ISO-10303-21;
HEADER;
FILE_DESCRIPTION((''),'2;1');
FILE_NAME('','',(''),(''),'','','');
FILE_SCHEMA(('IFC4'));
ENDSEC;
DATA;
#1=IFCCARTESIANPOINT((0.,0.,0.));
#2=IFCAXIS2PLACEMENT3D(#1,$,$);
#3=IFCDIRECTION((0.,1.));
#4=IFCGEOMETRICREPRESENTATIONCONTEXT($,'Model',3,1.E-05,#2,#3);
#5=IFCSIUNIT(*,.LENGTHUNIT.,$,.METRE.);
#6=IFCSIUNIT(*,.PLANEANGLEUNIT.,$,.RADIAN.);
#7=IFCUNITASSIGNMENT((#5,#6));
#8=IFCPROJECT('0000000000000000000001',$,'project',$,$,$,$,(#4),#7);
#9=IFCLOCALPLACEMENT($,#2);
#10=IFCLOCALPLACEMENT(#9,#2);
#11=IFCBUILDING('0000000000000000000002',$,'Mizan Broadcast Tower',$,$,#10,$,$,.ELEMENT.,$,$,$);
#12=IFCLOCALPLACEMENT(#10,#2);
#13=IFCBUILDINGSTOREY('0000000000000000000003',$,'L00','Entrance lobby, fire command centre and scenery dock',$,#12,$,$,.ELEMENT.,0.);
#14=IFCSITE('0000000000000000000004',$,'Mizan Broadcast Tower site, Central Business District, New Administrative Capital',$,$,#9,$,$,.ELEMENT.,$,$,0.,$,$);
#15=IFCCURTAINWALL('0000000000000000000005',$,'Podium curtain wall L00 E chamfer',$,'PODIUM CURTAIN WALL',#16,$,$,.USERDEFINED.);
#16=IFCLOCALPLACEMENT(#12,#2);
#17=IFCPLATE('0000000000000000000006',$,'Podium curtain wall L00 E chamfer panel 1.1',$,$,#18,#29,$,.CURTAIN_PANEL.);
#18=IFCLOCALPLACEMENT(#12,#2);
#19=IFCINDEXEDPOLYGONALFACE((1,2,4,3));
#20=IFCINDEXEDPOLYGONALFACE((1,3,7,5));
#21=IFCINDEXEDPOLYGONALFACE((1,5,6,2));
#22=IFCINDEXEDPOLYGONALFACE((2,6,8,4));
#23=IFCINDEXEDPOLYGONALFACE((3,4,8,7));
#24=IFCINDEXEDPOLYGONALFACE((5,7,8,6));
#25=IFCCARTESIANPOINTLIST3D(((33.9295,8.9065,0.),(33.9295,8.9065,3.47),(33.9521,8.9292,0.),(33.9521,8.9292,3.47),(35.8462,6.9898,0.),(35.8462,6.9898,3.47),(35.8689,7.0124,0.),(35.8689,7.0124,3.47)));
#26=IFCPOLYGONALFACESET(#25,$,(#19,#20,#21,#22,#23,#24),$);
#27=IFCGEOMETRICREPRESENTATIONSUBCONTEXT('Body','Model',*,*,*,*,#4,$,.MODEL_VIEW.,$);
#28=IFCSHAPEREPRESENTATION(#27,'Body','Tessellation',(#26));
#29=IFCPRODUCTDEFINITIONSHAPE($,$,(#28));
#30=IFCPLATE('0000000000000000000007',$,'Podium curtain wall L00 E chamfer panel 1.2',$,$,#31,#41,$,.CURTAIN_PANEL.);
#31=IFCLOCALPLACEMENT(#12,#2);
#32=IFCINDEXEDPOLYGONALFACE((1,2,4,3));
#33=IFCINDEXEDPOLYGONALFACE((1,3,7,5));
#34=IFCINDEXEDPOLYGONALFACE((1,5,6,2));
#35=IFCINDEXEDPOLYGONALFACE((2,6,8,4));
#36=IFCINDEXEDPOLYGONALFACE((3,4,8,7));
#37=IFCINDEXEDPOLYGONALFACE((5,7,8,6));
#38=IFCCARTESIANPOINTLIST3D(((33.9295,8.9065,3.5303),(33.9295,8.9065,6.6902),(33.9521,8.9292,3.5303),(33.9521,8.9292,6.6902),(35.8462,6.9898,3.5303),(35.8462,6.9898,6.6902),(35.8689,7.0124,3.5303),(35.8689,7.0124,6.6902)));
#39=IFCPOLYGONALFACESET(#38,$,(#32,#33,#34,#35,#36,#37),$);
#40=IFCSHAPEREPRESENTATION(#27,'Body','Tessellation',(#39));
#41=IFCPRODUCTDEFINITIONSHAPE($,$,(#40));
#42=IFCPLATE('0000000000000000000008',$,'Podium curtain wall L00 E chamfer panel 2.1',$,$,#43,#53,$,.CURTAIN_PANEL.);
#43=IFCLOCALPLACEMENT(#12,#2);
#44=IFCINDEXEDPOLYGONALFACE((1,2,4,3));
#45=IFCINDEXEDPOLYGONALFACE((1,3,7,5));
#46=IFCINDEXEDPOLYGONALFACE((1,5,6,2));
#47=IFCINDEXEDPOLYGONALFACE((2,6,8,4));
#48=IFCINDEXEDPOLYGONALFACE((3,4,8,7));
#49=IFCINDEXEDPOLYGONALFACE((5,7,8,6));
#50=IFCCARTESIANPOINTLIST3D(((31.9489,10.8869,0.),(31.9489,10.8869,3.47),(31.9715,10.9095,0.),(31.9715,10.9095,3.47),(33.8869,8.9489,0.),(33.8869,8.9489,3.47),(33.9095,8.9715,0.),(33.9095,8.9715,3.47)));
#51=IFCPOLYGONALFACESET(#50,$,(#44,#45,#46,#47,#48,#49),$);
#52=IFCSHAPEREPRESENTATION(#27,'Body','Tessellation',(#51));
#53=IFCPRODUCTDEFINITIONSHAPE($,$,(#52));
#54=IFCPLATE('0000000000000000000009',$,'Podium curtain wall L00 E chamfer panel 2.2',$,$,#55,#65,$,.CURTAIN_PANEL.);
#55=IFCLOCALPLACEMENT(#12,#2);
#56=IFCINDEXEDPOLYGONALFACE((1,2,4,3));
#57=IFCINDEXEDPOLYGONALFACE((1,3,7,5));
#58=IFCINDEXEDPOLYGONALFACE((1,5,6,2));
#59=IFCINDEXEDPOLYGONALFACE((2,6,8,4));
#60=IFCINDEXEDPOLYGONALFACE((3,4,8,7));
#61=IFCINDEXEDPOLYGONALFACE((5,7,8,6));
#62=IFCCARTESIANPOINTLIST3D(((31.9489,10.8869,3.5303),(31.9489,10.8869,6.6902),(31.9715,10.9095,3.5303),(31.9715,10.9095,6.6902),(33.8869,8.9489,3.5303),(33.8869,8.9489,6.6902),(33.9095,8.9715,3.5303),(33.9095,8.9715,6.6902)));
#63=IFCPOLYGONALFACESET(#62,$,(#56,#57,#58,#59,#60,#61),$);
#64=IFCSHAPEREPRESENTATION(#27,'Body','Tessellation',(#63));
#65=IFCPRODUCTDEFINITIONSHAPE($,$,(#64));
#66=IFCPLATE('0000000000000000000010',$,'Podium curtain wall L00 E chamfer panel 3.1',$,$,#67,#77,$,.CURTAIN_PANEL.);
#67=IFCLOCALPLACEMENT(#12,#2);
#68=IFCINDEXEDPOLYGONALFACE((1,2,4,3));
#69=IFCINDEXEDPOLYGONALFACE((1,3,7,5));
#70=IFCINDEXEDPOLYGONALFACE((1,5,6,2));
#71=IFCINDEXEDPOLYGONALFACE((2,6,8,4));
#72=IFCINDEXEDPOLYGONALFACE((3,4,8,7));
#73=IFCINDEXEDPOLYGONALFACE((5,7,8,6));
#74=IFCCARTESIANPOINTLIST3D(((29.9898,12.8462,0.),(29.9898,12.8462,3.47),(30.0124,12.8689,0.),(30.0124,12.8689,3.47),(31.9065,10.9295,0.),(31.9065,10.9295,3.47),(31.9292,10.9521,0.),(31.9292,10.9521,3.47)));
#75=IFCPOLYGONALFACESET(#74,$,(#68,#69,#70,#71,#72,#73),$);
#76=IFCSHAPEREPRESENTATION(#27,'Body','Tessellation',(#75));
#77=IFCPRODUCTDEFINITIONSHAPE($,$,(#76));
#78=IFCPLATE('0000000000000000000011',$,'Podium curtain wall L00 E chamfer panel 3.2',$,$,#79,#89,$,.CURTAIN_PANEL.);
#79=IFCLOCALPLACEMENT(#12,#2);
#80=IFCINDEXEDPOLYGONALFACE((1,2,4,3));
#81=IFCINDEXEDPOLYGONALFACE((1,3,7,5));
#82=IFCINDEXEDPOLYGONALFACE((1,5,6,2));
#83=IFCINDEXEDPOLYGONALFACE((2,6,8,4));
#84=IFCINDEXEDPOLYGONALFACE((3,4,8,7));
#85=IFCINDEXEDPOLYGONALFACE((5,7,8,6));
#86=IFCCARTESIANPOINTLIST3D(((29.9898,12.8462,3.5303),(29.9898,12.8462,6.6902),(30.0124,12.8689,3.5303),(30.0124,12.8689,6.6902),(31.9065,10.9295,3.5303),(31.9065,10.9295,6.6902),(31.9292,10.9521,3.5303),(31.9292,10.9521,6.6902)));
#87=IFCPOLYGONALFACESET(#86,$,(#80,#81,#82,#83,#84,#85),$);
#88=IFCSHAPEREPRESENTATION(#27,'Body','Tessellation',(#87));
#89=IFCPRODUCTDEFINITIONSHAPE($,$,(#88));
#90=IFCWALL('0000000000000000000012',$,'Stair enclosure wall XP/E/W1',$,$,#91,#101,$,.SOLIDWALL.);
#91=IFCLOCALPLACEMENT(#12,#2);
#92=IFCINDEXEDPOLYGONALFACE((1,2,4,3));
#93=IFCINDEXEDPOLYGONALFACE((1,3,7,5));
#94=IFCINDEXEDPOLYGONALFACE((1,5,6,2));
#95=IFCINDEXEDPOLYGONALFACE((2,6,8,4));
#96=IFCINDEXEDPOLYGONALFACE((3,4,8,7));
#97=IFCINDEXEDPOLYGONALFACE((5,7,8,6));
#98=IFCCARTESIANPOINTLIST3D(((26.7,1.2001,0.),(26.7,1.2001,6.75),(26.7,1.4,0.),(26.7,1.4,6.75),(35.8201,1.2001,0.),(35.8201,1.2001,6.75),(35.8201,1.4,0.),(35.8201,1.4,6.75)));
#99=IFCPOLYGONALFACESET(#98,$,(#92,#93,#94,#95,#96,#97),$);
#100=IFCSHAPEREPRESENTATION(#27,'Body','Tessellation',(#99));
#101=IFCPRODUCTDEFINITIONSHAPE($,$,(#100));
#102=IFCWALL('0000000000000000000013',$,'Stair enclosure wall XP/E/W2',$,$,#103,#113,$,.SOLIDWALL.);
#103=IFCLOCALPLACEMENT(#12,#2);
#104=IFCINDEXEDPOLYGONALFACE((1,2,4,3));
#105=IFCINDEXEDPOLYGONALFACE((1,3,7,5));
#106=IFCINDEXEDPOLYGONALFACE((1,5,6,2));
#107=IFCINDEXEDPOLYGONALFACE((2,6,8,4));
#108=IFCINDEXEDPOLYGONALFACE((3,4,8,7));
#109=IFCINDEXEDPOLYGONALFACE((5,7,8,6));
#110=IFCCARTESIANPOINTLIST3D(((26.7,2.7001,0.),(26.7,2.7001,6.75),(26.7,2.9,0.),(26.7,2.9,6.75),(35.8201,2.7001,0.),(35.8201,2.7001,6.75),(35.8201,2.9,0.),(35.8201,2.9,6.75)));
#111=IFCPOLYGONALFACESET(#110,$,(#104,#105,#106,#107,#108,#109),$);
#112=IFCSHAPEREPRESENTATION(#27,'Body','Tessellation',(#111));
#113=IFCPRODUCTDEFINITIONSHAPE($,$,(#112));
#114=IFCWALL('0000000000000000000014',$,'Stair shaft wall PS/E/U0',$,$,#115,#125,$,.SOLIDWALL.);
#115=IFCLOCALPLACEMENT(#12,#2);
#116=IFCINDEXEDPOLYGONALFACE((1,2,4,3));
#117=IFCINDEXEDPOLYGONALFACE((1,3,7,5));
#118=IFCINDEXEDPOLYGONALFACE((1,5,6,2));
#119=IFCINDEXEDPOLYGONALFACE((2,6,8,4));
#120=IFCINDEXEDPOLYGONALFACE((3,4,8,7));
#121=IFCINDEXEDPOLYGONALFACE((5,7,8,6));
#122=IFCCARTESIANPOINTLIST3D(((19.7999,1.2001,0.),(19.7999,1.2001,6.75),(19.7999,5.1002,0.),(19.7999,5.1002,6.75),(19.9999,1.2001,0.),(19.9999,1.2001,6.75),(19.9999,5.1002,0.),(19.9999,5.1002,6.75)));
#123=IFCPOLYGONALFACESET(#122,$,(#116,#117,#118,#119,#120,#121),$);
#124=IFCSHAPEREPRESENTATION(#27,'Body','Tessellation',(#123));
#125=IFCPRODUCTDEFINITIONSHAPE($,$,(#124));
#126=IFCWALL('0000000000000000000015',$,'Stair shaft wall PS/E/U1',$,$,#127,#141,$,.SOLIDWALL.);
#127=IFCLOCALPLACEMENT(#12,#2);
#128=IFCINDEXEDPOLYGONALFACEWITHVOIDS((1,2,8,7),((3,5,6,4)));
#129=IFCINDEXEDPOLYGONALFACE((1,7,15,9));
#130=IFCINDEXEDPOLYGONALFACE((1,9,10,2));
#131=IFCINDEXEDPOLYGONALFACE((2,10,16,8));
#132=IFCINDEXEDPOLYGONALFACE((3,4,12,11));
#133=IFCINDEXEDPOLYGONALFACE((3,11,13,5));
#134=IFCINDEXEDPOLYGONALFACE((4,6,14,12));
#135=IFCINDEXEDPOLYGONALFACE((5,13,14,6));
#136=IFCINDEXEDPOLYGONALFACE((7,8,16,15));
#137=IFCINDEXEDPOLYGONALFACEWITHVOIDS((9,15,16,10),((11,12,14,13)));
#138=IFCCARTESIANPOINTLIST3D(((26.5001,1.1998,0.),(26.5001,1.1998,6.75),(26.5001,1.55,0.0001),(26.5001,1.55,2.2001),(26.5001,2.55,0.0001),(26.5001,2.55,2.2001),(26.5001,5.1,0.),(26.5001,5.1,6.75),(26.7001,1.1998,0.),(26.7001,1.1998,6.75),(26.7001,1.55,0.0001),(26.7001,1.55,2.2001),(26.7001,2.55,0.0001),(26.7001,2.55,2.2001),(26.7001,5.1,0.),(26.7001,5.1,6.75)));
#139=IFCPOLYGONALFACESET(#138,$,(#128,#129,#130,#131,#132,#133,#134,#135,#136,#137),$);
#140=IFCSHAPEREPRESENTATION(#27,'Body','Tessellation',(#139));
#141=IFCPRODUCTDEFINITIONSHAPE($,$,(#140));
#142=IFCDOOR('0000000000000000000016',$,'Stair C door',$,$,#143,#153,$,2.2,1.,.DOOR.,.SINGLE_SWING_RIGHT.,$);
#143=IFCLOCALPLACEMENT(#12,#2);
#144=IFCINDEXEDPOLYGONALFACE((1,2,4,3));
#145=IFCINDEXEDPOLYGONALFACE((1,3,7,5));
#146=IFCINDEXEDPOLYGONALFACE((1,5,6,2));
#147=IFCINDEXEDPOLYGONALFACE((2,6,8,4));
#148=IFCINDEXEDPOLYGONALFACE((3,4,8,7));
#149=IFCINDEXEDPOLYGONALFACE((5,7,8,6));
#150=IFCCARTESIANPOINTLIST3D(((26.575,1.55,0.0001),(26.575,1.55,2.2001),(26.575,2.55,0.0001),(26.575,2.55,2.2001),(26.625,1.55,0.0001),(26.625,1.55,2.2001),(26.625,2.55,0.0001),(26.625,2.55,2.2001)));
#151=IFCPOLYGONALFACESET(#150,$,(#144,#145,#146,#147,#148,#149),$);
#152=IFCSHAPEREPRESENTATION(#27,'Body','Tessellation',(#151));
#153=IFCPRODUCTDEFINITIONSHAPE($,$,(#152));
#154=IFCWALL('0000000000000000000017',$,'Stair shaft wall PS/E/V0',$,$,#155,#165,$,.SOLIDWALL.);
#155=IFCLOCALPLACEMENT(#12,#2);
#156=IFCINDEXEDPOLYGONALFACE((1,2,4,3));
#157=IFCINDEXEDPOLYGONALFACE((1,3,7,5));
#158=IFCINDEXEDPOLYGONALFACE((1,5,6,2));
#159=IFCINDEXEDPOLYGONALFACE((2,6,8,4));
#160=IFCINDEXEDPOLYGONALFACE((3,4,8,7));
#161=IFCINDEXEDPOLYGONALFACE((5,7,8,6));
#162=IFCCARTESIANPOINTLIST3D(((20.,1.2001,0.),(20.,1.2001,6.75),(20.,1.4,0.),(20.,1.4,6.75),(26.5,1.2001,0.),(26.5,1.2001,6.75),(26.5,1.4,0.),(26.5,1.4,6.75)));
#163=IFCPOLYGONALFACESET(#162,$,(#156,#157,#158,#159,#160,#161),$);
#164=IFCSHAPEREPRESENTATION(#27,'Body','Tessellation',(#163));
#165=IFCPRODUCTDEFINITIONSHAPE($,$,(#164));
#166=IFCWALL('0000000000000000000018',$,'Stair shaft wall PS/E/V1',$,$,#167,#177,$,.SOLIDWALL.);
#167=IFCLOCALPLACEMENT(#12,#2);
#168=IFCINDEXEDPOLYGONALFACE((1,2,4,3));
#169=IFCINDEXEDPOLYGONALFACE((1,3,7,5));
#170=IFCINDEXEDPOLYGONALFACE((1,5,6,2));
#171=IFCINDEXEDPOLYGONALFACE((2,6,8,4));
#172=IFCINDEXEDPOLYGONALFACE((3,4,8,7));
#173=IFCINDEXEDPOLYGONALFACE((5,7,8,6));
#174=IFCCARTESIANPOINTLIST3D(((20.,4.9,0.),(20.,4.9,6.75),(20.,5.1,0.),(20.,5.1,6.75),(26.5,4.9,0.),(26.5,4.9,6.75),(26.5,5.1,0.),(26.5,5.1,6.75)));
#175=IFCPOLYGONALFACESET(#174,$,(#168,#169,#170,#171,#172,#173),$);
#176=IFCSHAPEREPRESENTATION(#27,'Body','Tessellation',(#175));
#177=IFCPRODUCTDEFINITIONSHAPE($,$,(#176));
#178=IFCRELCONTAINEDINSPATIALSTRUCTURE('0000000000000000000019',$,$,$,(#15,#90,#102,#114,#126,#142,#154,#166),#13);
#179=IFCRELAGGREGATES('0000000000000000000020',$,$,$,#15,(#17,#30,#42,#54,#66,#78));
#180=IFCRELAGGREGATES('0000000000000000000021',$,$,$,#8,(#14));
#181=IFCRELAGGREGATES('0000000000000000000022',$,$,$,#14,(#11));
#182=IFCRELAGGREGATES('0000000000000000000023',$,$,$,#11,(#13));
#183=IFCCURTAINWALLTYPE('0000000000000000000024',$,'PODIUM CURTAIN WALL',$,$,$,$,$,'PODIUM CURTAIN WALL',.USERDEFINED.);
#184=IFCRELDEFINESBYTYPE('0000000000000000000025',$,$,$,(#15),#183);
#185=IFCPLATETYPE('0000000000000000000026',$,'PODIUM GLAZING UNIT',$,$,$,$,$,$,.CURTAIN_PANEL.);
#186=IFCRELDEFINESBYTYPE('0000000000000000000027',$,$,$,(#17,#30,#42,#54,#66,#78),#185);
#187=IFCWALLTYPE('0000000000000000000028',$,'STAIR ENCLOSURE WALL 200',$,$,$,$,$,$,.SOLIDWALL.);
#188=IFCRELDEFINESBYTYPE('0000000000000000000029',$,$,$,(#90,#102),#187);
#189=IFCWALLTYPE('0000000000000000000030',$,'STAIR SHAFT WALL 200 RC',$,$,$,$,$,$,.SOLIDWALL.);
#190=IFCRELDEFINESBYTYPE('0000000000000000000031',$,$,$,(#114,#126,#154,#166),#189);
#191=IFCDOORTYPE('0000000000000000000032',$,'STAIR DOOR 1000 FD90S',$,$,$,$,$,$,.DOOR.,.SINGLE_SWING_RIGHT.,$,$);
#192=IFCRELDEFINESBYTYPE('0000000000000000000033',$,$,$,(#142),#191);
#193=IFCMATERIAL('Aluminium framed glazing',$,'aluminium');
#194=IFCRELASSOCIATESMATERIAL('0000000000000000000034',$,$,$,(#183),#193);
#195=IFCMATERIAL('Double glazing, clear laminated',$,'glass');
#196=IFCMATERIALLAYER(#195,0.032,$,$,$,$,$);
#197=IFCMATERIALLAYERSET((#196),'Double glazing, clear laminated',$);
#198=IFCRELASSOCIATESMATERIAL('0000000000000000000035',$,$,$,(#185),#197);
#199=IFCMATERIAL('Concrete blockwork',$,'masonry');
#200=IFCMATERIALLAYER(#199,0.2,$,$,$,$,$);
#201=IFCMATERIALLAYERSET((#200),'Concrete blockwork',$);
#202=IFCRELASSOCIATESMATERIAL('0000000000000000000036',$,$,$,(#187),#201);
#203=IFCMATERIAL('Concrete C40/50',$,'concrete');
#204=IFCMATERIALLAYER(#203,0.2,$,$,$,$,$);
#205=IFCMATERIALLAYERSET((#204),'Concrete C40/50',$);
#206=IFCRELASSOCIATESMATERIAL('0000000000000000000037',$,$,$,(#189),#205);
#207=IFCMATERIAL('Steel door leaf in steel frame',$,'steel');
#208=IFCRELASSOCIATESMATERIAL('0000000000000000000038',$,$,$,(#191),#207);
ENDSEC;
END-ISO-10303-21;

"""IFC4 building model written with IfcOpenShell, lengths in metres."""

from ifc_helpers import new_model, si_unit, direction, frame, frame_2d, origin, origin_2d, place, context, subcontext, project, spatial, rectangle, extrude, material, layer, layer_set, type_object, element, fill, aggregate, save


model = new_model("IFC4")

# Units and contexts
model_context = context("Model", 3, precision=1e-05, world=origin(), true_north=direction((0.0, 1.0)))
body_context = subcontext(model_context, "Body", "Model", "MODEL_VIEW")
ifc_project = project(units=[si_unit("LENGTHUNIT", "METRE"), si_unit("PLANEANGLEUNIT", "RADIAN")], contexts=[model_context])

# Site, building, storey
site_placement = place(None, origin())
site = spatial("IfcSite", under=ifc_project, at=site_placement, Name="Mizan Broadcast Tower site, Central Business District, New Administrative Capital", CompositionType="ELEMENT", RefElevation=0.0)
building_placement = place(site_placement, origin())
building = spatial("IfcBuilding", under=site, at=building_placement, Name="Mizan Broadcast Tower", CompositionType="ELEMENT")
storey_placement = place(building_placement, origin())
storey = spatial("IfcBuildingStorey", under=building, at=storey_placement, Name="L00", Description="Entrance lobby, fire command centre and scenery dock", CompositionType="ELEMENT", Elevation=0.0)

# Curtain wall
ifc_material_1 = material(Name="Aluminium framed glazing", Category="aluminium")
curtain_wall_type = type_object("IfcCurtainWallType", Name="PODIUM CURTAIN WALL", ElementType="PODIUM CURTAIN WALL", PredefinedType="USERDEFINED", material=ifc_material_1)
curtain_wall_placement = place(storey_placement, origin())
curtain_wall = element("IfcCurtainWall", 1, at=curtain_wall_placement, inside=storey, type_object=curtain_wall_type, Name="Podium curtain wall L00 E chamfer", ObjectType="PODIUM CURTAIN WALL", PredefinedType="USERDEFINED")

# Plates
ifc_material_2 = material(Name="Double glazing, clear laminated", Category="glass")
ifc_layer_1 = layer(ifc_material_2, 0.032)
ifc_layer_set_1 = layer_set([ifc_layer_1], Name="Double glazing, clear laminated")
plate_type = type_object("IfcPlateType", Name="PODIUM GLAZING UNIT", PredefinedType="CURTAIN_PANEL", material=ifc_layer_set_1)
plate_1_placement = place(storey_placement, frame((34.8992, 7.9595, 0.0), z_axis=(0.0, 0.0, 1.0), x_axis=(-0.707107, 0.707107, 0.0)))
plate_1 = element("IfcPlate", 2, at=plate_1_placement, type_object=plate_type, Name="Podium curtain wall L00 E chamfer panel 1.1", PredefinedType="CURTAIN_PANEL", context=body_context, shape_type="SweptSolid", body=[
    extrude(rectangle(XDim=2.7107, YDim=0.032, at=origin_2d()), origin(), (0.0, 0.0, 1.0), 3.47),
])
plate_2_placement = place(storey_placement, frame((34.8992, 7.9595, 3.5303), z_axis=(0.0, 0.0, 1.0), x_axis=(-0.707107, 0.707107, 0.0)))
plate_2 = element("IfcPlate", 3, at=plate_2_placement, type_object=plate_type, Name="Podium curtain wall L00 E chamfer panel 1.2", PredefinedType="CURTAIN_PANEL", context=body_context, shape_type="SweptSolid", body=[
    extrude(rectangle(XDim=2.7107, YDim=0.032, at=origin_2d()), origin(), (0.0, 0.0, 1.0), 3.1599),
])
plate_3_placement = place(storey_placement, frame((32.9292, 9.9292, 0.0), z_axis=(0.0, 0.0, 1.0), x_axis=(-0.707107, 0.707107, 0.0)))
plate_3 = element("IfcPlate", 4, at=plate_3_placement, type_object=plate_type, Name="Podium curtain wall L00 E chamfer panel 2.1", PredefinedType="CURTAIN_PANEL", context=body_context, shape_type="SweptSolid", body=[
    extrude(rectangle(XDim=2.7407, YDim=0.032, at=origin_2d()), origin(), (0.0, 0.0, 1.0), 3.47),
])
plate_4_placement = place(storey_placement, frame((32.9292, 9.9292, 3.5303), z_axis=(0.0, 0.0, 1.0), x_axis=(-0.707107, 0.707107, 0.0)))
plate_4 = element("IfcPlate", 5, at=plate_4_placement, type_object=plate_type, Name="Podium curtain wall L00 E chamfer panel 2.2", PredefinedType="CURTAIN_PANEL", context=body_context, shape_type="SweptSolid", body=[
    extrude(rectangle(XDim=2.7407, YDim=0.032, at=origin_2d()), origin(), (0.0, 0.0, 1.0), 3.1599),
])
plate_5_placement = place(storey_placement, frame((30.9595, 11.8992, 0.0), z_axis=(0.0, 0.0, 1.0), x_axis=(-0.707107, 0.707107, 0.0)))
plate_5 = element("IfcPlate", 6, at=plate_5_placement, type_object=plate_type, Name="Podium curtain wall L00 E chamfer panel 3.1", PredefinedType="CURTAIN_PANEL", context=body_context, shape_type="SweptSolid", body=[
    extrude(rectangle(XDim=2.7107, YDim=0.032, at=origin_2d()), origin(), (0.0, 0.0, 1.0), 3.47),
])
plate_6_placement = place(storey_placement, frame((30.9595, 11.8992, 3.5303), z_axis=(0.0, 0.0, 1.0), x_axis=(-0.707107, 0.707107, 0.0)))
plate_6 = element("IfcPlate", 7, at=plate_6_placement, type_object=plate_type, Name="Podium curtain wall L00 E chamfer panel 3.2", PredefinedType="CURTAIN_PANEL", context=body_context, shape_type="SweptSolid", body=[
    extrude(rectangle(XDim=2.7107, YDim=0.032, at=origin_2d()), origin(), (0.0, 0.0, 1.0), 3.1599),
])
aggregate(curtain_wall, [plate_1, plate_2, plate_3, plate_4, plate_5, plate_6])

# Walls
ifc_material_3 = material(Name="Concrete blockwork", Category="masonry")
ifc_layer_2 = layer(ifc_material_3, 0.2)
ifc_layer_set_2 = layer_set([ifc_layer_2], Name="Concrete blockwork")
wall_type_1 = type_object("IfcWallType", Name="STAIR ENCLOSURE WALL 200", PredefinedType="SOLIDWALL", material=ifc_layer_set_2)
for number, where, z_axis, x_axis, name in (
    (8, (26.7, 1.3, 0.0), (0.0, 0.0, 1.0), (1.0, 0.0, 0.0), "Stair enclosure wall XP/E/W1"),
    (9, (26.7, 2.8, 0.0), (0.0, 0.0, 1.0), (1.0, 0.0, 0.0), "Stair enclosure wall XP/E/W2"),
):
    element("IfcWall", number, at=place(storey_placement, frame(where, z_axis=z_axis, x_axis=x_axis)), inside=storey, type_object=wall_type_1, Name=name, PredefinedType="SOLIDWALL", context=body_context, shape_type="SweptSolid", body=[
        extrude(rectangle(XDim=9.1201, YDim=0.2, at=frame_2d((4.5601, 0.0))), origin(), (0.0, 0.0, 1.0), 6.75),
    ])
ifc_material_4 = material(Name="Concrete C40/50", Category="concrete")
ifc_layer_3 = layer(ifc_material_4, 0.2)
ifc_layer_set_3 = layer_set([ifc_layer_3], Name="Concrete C40/50")
wall_type_2 = type_object("IfcWallType", Name="STAIR SHAFT WALL 200 RC", PredefinedType="SOLIDWALL", material=ifc_layer_set_3)
wall_1_placement = place(storey_placement, frame((19.8999, 1.2, 0.0), z_axis=(0.0, 0.0, 1.0), x_axis=(0.0, 1.0, 0.0)))
element("IfcWall", 10, at=wall_1_placement, inside=storey, type_object=wall_type_2, Name="Stair shaft wall PS/E/U0", PredefinedType="SOLIDWALL", context=body_context, shape_type="SweptSolid", body=[
    extrude(rectangle(XDim=3.9001, YDim=0.2, at=frame_2d((1.9502, 0.0))), origin(), (0.0, 0.0, 1.0), 6.75),
])

# Wall, opening, door
wall_2_placement = place(storey_placement, frame((26.6001, 5.1001, 0.0), z_axis=(0.0, 0.0, 1.0), x_axis=(0.0, -1.0, 0.0)))
wall_2 = element("IfcWall", 11, at=wall_2_placement, inside=storey, type_object=wall_type_2, Name="Stair shaft wall PS/E/U1", PredefinedType="SOLIDWALL", context=body_context, shape_type="SweptSolid", body=[
    extrude(rectangle(XDim=3.9001, YDim=0.2, at=frame_2d((1.9502, 0.0))), origin(), (0.0, 0.0, 1.0), 6.75),
])
opening_placement = place(wall_2_placement, frame((2.55, 0.0, 0.0)))
opening = element("IfcOpeningElement", 12, at=opening_placement, cuts=wall_2, PredefinedType="OPENING", context=body_context, shape_type="SweptSolid", body=[
    extrude(rectangle(XDim=1.0, YDim=2.2, at=frame_2d((0.5, 1.1001))), frame((0.0, 0.1099, 0.0), z_axis=(0.0, -1.0, 0.0), x_axis=(1.0, 0.0, 0.0)), (0.0, 0.0, 1.0), 0.22),
])
ifc_material_5 = material(Name="Steel door leaf in steel frame", Category="steel")
door_type = type_object("IfcDoorType", Name="STAIR DOOR 1000 FD90S", OperationType="SINGLE_SWING_RIGHT", PredefinedType="DOOR", material=ifc_material_5)
door_placement = place(opening_placement, origin())
door = element("IfcDoor", 13, at=door_placement, inside=storey, type_object=door_type, Name="Stair C door", OperationType="SINGLE_SWING_RIGHT", OverallHeight=2.2, OverallWidth=1.0, PredefinedType="DOOR", context=body_context, shape_type="SweptSolid", body=[
    extrude(rectangle(XDim=1.0, YDim=2.2, at=frame_2d((0.5, 1.1001))), frame((0.0, 0.0249, 0.0), z_axis=(0.0, -1.0, 0.0), x_axis=(1.0, 0.0, 0.0)), (0.0, 0.0, 1.0), 0.05),
])
fill(opening, door)

# Walls
for number, where, z_axis, x_axis, name in (
    (14, (20.0, 1.3, 0.0), (0.0, 0.0, 1.0), (1.0, 0.0, 0.0), "Stair shaft wall PS/E/V0"),
    (15, (26.5, 5.0, 0.0), (0.0, 0.0, 1.0), (-1.0, 0.0, 0.0), "Stair shaft wall PS/E/V1"),
):
    element("IfcWall", number, at=place(storey_placement, frame(where, z_axis=z_axis, x_axis=x_axis)), inside=storey, type_object=wall_type_2, Name=name, PredefinedType="SOLIDWALL", context=body_context, shape_type="SweptSolid", body=[
        extrude(rectangle(XDim=6.5, YDim=0.2, at=frame_2d((3.25, 0.0))), origin(), (0.0, 0.0, 1.0), 6.75),
    ])

save(model, "model.ifc")
